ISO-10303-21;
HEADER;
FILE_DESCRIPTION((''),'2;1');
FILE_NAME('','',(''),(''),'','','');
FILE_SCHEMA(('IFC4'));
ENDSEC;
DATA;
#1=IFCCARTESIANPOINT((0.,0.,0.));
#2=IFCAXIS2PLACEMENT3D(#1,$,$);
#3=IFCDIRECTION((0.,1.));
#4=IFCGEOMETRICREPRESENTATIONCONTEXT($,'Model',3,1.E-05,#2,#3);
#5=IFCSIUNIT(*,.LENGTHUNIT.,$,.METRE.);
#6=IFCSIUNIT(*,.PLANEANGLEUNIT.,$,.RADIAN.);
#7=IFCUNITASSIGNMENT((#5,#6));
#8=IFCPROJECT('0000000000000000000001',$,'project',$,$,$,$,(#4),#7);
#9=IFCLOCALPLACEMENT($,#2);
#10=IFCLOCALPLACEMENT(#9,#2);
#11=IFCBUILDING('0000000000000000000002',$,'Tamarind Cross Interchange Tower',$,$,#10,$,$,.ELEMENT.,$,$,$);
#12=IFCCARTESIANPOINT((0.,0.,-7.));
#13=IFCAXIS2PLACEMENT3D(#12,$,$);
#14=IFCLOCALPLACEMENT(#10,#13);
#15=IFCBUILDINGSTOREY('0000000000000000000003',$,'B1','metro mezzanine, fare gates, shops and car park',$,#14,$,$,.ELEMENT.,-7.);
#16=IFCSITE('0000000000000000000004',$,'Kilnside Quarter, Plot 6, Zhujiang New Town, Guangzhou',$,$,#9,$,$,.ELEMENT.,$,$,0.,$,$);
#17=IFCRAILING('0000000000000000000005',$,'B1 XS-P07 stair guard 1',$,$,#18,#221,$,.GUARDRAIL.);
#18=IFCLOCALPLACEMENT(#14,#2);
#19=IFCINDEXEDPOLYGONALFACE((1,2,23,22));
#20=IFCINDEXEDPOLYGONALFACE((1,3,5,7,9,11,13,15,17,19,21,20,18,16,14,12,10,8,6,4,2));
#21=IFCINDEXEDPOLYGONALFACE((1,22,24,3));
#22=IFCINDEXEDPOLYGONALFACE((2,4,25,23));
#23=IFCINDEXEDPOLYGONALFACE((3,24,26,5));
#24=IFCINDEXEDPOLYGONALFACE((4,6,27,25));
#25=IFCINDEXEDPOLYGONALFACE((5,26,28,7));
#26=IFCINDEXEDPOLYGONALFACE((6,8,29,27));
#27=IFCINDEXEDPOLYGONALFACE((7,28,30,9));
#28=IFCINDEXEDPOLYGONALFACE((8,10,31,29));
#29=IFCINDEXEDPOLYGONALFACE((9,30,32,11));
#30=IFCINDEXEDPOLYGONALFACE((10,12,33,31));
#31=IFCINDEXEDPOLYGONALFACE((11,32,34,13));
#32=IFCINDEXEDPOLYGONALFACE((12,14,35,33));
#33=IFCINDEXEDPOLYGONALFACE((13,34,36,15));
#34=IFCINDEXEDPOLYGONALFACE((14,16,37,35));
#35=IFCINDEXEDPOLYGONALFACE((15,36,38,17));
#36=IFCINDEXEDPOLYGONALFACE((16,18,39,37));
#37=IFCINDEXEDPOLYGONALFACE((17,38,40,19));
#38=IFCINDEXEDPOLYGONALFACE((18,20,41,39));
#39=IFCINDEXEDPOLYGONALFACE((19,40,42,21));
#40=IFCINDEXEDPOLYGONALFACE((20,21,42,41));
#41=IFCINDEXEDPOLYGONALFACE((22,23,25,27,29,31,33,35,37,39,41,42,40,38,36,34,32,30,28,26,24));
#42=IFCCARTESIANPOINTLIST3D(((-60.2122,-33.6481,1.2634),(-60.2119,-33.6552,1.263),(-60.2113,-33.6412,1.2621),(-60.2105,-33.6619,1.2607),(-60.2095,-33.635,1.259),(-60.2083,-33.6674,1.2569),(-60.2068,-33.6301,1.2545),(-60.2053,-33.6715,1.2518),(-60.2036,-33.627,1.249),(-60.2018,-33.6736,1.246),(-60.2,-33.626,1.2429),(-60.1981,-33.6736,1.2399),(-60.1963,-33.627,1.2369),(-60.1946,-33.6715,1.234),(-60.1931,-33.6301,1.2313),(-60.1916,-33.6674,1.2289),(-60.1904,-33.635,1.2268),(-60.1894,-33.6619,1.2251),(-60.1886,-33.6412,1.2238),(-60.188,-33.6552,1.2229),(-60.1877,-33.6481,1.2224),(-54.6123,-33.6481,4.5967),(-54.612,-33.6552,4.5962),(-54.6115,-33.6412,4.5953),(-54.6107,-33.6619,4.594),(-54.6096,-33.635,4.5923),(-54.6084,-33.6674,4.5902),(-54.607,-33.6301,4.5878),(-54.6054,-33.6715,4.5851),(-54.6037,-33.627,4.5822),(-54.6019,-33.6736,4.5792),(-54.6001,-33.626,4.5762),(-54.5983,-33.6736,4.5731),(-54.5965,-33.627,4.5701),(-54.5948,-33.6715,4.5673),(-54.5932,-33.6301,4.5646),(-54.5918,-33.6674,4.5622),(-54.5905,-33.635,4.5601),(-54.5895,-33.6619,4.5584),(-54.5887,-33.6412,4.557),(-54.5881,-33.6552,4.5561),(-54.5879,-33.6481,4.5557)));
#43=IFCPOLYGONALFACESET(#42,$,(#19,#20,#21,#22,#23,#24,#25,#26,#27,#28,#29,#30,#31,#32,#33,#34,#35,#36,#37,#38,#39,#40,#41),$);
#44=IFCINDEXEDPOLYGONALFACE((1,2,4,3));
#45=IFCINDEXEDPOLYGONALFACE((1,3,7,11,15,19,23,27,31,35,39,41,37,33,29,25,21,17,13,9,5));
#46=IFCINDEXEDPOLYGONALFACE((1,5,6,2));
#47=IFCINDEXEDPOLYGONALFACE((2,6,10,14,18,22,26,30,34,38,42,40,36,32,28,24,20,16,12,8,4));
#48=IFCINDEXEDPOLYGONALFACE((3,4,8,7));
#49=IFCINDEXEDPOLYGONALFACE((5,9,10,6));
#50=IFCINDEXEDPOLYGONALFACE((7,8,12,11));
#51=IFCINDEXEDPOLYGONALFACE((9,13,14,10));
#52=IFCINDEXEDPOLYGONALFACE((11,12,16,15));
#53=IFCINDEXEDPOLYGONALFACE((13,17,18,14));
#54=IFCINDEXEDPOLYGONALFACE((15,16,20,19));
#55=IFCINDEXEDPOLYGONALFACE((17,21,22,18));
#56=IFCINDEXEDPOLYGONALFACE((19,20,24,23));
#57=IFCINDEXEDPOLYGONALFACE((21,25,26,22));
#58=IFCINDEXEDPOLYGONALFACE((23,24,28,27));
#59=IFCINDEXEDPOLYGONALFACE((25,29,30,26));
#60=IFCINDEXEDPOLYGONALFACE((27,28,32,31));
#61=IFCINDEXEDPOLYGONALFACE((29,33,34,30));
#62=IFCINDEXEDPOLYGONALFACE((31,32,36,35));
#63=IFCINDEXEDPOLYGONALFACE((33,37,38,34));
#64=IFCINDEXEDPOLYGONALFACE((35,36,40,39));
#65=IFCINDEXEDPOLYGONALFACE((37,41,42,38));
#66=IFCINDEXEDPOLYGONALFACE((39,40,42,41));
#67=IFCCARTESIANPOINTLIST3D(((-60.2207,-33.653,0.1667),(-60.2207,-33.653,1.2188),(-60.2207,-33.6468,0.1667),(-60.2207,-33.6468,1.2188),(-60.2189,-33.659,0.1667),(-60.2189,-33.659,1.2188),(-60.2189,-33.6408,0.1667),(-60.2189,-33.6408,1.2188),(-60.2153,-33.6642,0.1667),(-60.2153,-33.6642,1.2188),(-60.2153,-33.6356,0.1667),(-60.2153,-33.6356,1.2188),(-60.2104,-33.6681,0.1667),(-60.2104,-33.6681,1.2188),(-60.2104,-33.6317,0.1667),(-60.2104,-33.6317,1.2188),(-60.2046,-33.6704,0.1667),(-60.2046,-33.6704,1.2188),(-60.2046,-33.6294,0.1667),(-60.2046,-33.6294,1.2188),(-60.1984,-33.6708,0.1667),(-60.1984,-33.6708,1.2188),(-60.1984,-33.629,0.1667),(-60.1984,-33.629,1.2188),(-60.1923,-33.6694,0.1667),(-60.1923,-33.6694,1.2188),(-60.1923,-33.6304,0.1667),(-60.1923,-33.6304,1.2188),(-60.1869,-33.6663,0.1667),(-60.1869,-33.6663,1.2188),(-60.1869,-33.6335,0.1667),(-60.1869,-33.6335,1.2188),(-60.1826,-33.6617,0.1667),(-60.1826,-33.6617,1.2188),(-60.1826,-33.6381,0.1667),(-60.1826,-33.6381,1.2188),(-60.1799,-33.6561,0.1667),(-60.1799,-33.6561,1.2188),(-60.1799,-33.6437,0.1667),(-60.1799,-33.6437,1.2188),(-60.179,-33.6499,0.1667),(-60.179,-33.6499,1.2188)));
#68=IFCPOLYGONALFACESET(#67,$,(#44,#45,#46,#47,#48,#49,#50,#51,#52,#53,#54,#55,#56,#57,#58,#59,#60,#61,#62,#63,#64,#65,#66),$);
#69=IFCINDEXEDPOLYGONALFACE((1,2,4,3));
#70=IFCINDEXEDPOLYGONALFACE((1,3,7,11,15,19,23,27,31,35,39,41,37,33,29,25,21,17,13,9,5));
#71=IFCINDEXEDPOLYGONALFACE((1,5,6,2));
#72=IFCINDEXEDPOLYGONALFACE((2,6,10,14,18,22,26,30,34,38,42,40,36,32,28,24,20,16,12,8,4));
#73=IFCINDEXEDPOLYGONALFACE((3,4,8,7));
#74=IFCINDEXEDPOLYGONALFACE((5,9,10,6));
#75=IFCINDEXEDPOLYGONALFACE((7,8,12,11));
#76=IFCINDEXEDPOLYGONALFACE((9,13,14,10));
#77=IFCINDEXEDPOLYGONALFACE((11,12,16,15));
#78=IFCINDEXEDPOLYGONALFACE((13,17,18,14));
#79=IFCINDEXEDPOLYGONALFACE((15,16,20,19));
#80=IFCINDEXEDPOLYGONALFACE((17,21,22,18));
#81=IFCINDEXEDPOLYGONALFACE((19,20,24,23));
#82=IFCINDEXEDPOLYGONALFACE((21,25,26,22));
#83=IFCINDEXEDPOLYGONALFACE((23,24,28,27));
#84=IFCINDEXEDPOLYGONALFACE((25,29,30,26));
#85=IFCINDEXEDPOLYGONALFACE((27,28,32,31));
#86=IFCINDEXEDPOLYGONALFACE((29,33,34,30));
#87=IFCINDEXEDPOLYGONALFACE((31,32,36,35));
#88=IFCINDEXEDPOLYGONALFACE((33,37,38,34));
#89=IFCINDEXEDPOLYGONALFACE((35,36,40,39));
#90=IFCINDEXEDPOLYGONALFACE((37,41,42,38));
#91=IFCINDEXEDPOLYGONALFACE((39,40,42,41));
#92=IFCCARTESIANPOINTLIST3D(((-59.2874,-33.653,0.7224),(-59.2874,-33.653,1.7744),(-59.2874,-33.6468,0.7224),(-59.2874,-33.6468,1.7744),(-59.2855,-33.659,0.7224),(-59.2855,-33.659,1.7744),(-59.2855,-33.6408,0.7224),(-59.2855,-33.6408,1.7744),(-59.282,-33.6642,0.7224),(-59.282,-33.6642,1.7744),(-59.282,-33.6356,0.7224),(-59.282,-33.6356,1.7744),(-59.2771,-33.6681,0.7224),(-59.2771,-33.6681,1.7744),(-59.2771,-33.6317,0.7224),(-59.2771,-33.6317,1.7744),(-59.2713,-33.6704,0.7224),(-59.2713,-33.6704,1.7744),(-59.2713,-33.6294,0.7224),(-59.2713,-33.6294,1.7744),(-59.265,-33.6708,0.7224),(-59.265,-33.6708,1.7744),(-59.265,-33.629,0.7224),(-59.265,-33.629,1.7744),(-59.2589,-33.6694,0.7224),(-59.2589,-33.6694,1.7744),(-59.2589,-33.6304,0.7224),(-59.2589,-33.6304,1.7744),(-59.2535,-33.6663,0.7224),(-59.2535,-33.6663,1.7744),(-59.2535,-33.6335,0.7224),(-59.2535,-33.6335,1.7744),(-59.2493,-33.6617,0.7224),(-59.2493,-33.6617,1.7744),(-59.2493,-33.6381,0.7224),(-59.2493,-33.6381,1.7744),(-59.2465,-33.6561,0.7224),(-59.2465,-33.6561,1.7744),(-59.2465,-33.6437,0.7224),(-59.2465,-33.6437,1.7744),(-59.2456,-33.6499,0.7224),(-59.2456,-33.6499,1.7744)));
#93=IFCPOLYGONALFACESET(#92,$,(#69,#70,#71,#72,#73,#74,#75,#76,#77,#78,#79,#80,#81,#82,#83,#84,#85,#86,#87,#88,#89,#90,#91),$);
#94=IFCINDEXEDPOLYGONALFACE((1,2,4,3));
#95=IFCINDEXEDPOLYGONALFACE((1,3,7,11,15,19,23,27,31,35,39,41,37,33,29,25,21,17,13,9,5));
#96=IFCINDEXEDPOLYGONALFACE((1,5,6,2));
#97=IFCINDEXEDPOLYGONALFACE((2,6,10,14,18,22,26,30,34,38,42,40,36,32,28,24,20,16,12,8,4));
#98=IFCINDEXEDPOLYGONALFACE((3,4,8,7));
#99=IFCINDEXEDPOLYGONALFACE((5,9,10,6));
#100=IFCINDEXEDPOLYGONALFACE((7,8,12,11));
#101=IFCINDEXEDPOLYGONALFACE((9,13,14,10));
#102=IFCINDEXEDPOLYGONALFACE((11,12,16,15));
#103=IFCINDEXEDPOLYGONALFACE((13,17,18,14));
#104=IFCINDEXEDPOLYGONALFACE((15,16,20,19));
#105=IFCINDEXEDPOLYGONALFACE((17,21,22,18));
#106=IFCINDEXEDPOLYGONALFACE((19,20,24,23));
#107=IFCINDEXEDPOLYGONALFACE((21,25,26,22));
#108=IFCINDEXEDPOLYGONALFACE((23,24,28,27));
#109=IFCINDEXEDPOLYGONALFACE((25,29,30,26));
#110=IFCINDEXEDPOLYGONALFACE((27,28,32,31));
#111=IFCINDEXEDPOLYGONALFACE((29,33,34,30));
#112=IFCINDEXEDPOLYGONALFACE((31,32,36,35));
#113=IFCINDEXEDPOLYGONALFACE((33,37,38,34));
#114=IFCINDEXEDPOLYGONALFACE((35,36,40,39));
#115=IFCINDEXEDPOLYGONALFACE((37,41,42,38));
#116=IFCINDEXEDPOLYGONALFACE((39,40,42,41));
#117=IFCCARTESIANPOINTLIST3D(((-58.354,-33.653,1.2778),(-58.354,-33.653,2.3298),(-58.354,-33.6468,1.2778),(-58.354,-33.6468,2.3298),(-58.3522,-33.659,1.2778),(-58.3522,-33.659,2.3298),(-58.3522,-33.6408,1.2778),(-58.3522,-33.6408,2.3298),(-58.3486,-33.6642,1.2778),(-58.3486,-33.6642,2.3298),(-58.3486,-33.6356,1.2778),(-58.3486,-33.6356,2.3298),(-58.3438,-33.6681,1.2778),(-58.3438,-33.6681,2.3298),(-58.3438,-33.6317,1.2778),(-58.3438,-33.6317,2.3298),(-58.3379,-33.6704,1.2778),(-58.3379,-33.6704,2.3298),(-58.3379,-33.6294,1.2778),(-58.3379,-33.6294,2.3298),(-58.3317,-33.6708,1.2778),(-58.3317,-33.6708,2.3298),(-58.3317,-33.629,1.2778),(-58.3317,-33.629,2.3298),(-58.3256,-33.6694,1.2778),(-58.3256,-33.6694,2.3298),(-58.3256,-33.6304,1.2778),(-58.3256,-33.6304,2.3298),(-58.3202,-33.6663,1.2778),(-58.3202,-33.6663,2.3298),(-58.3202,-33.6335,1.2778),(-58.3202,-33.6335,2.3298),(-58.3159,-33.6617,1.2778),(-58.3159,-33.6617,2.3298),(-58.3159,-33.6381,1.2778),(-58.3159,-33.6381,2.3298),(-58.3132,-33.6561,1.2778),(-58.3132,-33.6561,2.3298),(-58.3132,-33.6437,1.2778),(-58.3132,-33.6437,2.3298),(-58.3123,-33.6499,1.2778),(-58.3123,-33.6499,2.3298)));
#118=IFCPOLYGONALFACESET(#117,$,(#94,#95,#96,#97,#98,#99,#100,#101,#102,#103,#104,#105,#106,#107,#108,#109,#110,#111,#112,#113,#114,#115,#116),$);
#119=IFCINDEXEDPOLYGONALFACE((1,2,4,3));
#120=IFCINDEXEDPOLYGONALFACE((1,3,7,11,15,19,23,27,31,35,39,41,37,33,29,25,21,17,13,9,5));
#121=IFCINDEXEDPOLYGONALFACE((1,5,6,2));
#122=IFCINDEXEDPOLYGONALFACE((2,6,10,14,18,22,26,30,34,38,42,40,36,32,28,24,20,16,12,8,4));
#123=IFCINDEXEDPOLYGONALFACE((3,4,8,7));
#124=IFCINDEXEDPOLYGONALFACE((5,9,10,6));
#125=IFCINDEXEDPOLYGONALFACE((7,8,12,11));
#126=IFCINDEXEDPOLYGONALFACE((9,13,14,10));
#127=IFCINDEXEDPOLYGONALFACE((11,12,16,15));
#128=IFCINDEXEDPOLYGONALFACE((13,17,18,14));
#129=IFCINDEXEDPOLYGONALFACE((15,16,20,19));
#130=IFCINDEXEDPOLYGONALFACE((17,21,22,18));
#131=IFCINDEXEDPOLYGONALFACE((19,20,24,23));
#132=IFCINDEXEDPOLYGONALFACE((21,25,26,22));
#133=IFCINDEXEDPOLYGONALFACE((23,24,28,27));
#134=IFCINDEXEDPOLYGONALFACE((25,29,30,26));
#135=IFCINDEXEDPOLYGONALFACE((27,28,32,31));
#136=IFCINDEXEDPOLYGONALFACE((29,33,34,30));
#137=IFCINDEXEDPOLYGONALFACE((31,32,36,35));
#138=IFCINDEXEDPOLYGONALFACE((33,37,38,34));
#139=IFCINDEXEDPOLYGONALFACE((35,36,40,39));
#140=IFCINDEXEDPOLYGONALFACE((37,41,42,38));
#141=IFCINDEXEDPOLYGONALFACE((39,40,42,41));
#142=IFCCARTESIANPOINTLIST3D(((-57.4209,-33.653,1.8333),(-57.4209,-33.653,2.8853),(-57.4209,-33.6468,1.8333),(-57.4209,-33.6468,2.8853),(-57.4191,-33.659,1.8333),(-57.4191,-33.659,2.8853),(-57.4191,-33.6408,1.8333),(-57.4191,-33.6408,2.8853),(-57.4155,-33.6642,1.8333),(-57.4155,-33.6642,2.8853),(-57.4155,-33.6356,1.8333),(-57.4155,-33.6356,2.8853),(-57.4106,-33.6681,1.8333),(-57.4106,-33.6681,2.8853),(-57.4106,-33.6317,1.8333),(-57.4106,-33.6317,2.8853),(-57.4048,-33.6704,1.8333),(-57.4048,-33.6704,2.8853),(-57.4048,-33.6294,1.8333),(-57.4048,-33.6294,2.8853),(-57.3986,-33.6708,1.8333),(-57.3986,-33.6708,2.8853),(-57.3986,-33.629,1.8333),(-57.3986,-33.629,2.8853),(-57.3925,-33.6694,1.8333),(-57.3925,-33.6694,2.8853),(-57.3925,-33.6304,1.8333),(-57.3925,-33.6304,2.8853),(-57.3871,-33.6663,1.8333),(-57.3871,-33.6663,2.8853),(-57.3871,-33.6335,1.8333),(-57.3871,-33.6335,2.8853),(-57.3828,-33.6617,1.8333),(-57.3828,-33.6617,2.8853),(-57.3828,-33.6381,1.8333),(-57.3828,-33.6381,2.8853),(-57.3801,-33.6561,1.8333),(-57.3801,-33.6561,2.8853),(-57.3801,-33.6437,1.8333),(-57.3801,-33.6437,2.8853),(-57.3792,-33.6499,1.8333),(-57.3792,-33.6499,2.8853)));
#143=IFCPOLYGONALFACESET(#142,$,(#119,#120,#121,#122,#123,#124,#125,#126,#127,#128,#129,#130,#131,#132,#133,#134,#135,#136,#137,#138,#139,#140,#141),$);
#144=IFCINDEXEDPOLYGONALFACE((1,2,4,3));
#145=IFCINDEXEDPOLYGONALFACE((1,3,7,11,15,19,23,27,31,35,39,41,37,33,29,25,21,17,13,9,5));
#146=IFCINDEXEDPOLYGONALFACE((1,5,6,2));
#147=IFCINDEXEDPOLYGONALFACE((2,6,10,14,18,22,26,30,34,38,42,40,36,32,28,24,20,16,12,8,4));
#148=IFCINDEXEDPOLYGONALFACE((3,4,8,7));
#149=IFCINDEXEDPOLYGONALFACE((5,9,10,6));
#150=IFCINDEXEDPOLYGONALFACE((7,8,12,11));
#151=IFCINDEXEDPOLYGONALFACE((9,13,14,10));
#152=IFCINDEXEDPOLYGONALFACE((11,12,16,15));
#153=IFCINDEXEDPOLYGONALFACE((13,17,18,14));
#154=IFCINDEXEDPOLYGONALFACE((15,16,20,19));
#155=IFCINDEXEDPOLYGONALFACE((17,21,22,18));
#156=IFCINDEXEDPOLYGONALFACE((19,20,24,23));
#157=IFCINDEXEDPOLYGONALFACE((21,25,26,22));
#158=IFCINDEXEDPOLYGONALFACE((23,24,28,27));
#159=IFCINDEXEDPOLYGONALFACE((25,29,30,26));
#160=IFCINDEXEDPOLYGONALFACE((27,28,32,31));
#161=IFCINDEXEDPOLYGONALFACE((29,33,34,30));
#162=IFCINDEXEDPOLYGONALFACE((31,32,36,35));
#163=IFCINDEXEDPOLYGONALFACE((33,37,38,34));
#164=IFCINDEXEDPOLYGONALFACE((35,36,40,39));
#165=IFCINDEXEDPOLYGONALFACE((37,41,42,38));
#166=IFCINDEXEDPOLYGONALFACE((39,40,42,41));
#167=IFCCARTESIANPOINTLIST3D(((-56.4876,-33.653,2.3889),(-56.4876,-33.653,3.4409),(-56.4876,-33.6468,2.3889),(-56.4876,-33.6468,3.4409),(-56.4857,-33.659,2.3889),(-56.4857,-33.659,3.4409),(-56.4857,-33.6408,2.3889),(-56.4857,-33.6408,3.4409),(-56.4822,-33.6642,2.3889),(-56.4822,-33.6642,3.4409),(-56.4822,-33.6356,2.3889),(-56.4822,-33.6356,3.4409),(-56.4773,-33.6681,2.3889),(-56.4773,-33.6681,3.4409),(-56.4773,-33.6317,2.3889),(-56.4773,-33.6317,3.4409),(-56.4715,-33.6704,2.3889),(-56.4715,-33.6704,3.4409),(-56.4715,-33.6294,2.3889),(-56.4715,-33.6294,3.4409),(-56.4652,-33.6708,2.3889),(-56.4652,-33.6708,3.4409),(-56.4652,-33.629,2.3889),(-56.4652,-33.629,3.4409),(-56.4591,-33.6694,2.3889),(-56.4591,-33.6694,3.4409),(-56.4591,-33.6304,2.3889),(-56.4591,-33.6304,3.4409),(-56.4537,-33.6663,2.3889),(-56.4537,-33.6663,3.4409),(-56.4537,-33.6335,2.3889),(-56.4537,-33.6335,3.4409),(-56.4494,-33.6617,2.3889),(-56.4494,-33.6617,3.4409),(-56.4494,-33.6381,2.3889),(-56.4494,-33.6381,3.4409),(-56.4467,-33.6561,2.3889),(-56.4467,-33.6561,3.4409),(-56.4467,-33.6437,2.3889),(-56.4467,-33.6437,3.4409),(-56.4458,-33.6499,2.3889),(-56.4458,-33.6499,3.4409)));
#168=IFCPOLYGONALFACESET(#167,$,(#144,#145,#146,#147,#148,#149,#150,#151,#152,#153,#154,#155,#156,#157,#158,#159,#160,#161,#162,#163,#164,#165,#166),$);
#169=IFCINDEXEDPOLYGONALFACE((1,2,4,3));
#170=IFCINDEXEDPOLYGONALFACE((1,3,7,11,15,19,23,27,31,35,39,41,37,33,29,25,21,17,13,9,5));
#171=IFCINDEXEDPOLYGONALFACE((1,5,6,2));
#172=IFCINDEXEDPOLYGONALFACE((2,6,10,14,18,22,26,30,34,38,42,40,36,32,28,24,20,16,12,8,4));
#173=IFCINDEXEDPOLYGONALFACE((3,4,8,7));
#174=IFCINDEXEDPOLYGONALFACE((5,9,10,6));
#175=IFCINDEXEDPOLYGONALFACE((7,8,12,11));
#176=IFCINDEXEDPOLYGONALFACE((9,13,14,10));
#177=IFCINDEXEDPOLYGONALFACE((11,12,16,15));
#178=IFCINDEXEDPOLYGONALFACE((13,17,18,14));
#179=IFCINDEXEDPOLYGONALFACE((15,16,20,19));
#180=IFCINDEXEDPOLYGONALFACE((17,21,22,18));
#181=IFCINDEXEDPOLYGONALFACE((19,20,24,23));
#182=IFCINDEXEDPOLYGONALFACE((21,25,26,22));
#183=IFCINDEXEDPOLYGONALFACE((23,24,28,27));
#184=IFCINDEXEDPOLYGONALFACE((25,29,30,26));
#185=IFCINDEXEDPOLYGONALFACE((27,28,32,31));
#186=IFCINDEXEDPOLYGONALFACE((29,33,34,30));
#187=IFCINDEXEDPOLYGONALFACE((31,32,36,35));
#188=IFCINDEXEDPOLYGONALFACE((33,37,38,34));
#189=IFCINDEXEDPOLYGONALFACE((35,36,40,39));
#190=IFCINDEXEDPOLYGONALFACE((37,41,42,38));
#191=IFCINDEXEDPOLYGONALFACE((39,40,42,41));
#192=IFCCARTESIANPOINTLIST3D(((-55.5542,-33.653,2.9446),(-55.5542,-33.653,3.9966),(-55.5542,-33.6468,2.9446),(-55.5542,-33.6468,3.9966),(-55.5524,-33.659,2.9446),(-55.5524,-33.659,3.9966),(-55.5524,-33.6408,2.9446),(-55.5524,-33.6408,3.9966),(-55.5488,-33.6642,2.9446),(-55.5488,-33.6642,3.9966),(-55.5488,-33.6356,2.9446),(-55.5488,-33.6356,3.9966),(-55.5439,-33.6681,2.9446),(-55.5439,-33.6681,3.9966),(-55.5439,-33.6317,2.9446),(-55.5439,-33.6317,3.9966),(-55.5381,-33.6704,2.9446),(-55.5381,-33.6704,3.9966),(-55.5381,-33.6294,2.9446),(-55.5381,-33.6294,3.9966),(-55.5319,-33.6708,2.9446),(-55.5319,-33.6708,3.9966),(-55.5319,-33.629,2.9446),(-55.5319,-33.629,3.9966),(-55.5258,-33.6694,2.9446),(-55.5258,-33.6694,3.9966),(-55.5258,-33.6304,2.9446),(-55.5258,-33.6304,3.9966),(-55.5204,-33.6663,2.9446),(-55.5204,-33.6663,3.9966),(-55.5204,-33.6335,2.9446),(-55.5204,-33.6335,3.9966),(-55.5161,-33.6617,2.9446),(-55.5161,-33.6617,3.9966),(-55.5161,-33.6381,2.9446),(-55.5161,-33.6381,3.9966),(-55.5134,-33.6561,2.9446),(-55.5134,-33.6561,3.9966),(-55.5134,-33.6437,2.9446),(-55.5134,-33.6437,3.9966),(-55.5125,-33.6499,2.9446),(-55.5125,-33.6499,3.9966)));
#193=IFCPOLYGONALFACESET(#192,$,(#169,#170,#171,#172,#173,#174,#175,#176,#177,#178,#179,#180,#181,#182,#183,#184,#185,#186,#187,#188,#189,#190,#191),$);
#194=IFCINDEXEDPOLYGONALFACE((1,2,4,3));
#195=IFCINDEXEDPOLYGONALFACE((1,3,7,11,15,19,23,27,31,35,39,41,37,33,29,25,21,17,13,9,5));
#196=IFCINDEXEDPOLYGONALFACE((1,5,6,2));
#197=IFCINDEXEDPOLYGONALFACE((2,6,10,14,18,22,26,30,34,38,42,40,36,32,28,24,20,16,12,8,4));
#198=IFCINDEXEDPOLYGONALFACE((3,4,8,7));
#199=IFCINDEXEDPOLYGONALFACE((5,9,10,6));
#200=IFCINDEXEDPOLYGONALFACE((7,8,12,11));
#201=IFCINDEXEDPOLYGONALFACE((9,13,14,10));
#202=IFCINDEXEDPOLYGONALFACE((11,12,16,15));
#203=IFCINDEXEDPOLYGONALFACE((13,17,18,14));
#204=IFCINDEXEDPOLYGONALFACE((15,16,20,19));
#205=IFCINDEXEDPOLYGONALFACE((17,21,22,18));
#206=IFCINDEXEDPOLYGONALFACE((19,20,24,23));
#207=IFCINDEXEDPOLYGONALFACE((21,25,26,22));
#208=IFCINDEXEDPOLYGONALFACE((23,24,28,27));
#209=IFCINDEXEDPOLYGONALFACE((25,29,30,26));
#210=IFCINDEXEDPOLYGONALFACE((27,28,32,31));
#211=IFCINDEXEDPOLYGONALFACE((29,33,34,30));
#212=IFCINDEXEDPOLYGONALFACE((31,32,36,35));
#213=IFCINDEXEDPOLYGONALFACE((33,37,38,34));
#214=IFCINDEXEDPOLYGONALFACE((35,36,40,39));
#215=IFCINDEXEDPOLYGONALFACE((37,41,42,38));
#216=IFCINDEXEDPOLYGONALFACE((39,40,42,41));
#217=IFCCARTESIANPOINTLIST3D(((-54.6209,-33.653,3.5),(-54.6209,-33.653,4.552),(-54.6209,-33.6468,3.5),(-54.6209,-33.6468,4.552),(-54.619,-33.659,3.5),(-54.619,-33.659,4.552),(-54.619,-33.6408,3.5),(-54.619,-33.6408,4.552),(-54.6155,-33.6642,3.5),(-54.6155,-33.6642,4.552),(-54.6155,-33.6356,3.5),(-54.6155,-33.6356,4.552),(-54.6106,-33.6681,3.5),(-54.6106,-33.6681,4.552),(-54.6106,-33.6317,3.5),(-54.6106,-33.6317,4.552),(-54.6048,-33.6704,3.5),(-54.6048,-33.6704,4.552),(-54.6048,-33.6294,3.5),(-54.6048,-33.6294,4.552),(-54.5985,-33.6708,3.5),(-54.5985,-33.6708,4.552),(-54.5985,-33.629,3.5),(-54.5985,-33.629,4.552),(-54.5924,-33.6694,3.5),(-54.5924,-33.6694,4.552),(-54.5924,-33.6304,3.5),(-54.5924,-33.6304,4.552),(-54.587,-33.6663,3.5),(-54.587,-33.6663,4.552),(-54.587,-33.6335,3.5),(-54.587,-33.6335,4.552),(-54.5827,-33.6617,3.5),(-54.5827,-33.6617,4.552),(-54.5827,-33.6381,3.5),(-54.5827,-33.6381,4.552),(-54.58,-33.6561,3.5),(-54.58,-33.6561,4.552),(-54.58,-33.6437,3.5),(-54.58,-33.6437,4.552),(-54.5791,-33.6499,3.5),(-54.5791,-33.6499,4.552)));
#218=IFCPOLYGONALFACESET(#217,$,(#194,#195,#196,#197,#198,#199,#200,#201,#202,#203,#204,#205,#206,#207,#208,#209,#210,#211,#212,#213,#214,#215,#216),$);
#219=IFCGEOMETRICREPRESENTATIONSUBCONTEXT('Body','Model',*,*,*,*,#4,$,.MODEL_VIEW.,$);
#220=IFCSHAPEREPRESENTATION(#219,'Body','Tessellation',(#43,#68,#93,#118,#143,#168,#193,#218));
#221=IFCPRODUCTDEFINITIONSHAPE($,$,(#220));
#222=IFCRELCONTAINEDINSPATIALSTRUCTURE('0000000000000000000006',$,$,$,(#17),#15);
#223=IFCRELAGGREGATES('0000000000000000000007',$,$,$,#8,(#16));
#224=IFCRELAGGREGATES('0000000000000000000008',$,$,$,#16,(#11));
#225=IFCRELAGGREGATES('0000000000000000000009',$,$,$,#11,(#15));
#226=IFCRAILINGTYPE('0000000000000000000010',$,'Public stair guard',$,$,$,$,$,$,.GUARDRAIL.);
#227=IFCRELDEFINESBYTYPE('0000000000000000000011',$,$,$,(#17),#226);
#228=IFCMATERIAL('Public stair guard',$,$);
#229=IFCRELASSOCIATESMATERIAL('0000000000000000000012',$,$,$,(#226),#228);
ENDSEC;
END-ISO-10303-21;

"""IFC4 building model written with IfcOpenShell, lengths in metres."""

from ifc_helpers import new_model, si_unit, direction, frame, origin, origin_2d, place, context, subcontext, project, spatial, circle, extrude, material, type_object, element, save


model = new_model("IFC4")

# Units and contexts
model_context = context("Model", 3, precision=1e-05, world=origin(), true_north=direction((0.0, 1.0)))
body_context = subcontext(model_context, "Body", "Model", "MODEL_VIEW")
ifc_project = project(units=[si_unit("LENGTHUNIT", "METRE"), si_unit("PLANEANGLEUNIT", "RADIAN")], contexts=[model_context])

# Site, building, storey
site_placement = place(None, origin())
site = spatial("IfcSite", under=ifc_project, at=site_placement, Name="Kilnside Quarter, Plot 6, Zhujiang New Town, Guangzhou", CompositionType="ELEMENT", RefElevation=0.0)
building_placement = place(site_placement, origin())
building = spatial("IfcBuilding", under=site, at=building_placement, Name="Tamarind Cross Interchange Tower", CompositionType="ELEMENT")
storey_placement = place(building_placement, frame((0.0, 0.0, -7.0)))
storey = spatial("IfcBuildingStorey", under=building, at=storey_placement, Name="B1", Description="metro mezzanine, fare gates, shops and car park", CompositionType="ELEMENT", Elevation=-7.0)

# Railing
ifc_material_1 = material(Name="Public stair guard")
railing_type_1 = type_object("IfcRailingType", Name="Public stair guard", PredefinedType="GUARDRAIL", material=ifc_material_1)
railing_1_placement = place(storey_placement, frame((-60.2, -33.6499, 0.1667)))
element("IfcRailing", 1, at=railing_1_placement, inside=storey, type_object=railing_type_1, Name="B1 XS-P07 stair guard 1", PredefinedType="GUARDRAIL", context=body_context, shape_type="SweptSolid", body=[
    extrude(circle(Radius=0.0239, at=origin_2d()), frame((0.0, 0.0, 1.0762), z_axis=(0.859292, 0.0, 0.511485), x_axis=(0.0, 1.0, 0.0)), (0.0, 0.0, 1.0), 6.5168),
    extrude(circle(Radius=0.021, at=origin_2d()), origin(), (0.0, 0.0, 1.0), 1.052),
    extrude(circle(Radius=0.021, at=origin_2d()), frame((0.9333, 0.0, 0.5557)), (0.0, 0.0, 1.0), 1.052),
    extrude(circle(Radius=0.021, at=origin_2d()), frame((1.8667, 0.0, 1.1111)), (0.0, 0.0, 1.0), 1.052),
    extrude(circle(Radius=0.021, at=origin_2d()), frame((2.7998, 0.0, 1.6665)), (0.0, 0.0, 1.0), 1.052),
    extrude(circle(Radius=0.021, at=origin_2d()), frame((3.7332, 0.0, 2.2222)), (0.0, 0.0, 1.0), 1.052),
    extrude(circle(Radius=0.021, at=origin_2d()), frame((4.6665, 0.0, 2.7778)), (0.0, 0.0, 1.0), 1.052),
    extrude(circle(Radius=0.021, at=origin_2d()), frame((5.5999, 0.0, 3.3333)), (0.0, 0.0, 1.0), 1.052),
])

save(model, "model.ifc")
